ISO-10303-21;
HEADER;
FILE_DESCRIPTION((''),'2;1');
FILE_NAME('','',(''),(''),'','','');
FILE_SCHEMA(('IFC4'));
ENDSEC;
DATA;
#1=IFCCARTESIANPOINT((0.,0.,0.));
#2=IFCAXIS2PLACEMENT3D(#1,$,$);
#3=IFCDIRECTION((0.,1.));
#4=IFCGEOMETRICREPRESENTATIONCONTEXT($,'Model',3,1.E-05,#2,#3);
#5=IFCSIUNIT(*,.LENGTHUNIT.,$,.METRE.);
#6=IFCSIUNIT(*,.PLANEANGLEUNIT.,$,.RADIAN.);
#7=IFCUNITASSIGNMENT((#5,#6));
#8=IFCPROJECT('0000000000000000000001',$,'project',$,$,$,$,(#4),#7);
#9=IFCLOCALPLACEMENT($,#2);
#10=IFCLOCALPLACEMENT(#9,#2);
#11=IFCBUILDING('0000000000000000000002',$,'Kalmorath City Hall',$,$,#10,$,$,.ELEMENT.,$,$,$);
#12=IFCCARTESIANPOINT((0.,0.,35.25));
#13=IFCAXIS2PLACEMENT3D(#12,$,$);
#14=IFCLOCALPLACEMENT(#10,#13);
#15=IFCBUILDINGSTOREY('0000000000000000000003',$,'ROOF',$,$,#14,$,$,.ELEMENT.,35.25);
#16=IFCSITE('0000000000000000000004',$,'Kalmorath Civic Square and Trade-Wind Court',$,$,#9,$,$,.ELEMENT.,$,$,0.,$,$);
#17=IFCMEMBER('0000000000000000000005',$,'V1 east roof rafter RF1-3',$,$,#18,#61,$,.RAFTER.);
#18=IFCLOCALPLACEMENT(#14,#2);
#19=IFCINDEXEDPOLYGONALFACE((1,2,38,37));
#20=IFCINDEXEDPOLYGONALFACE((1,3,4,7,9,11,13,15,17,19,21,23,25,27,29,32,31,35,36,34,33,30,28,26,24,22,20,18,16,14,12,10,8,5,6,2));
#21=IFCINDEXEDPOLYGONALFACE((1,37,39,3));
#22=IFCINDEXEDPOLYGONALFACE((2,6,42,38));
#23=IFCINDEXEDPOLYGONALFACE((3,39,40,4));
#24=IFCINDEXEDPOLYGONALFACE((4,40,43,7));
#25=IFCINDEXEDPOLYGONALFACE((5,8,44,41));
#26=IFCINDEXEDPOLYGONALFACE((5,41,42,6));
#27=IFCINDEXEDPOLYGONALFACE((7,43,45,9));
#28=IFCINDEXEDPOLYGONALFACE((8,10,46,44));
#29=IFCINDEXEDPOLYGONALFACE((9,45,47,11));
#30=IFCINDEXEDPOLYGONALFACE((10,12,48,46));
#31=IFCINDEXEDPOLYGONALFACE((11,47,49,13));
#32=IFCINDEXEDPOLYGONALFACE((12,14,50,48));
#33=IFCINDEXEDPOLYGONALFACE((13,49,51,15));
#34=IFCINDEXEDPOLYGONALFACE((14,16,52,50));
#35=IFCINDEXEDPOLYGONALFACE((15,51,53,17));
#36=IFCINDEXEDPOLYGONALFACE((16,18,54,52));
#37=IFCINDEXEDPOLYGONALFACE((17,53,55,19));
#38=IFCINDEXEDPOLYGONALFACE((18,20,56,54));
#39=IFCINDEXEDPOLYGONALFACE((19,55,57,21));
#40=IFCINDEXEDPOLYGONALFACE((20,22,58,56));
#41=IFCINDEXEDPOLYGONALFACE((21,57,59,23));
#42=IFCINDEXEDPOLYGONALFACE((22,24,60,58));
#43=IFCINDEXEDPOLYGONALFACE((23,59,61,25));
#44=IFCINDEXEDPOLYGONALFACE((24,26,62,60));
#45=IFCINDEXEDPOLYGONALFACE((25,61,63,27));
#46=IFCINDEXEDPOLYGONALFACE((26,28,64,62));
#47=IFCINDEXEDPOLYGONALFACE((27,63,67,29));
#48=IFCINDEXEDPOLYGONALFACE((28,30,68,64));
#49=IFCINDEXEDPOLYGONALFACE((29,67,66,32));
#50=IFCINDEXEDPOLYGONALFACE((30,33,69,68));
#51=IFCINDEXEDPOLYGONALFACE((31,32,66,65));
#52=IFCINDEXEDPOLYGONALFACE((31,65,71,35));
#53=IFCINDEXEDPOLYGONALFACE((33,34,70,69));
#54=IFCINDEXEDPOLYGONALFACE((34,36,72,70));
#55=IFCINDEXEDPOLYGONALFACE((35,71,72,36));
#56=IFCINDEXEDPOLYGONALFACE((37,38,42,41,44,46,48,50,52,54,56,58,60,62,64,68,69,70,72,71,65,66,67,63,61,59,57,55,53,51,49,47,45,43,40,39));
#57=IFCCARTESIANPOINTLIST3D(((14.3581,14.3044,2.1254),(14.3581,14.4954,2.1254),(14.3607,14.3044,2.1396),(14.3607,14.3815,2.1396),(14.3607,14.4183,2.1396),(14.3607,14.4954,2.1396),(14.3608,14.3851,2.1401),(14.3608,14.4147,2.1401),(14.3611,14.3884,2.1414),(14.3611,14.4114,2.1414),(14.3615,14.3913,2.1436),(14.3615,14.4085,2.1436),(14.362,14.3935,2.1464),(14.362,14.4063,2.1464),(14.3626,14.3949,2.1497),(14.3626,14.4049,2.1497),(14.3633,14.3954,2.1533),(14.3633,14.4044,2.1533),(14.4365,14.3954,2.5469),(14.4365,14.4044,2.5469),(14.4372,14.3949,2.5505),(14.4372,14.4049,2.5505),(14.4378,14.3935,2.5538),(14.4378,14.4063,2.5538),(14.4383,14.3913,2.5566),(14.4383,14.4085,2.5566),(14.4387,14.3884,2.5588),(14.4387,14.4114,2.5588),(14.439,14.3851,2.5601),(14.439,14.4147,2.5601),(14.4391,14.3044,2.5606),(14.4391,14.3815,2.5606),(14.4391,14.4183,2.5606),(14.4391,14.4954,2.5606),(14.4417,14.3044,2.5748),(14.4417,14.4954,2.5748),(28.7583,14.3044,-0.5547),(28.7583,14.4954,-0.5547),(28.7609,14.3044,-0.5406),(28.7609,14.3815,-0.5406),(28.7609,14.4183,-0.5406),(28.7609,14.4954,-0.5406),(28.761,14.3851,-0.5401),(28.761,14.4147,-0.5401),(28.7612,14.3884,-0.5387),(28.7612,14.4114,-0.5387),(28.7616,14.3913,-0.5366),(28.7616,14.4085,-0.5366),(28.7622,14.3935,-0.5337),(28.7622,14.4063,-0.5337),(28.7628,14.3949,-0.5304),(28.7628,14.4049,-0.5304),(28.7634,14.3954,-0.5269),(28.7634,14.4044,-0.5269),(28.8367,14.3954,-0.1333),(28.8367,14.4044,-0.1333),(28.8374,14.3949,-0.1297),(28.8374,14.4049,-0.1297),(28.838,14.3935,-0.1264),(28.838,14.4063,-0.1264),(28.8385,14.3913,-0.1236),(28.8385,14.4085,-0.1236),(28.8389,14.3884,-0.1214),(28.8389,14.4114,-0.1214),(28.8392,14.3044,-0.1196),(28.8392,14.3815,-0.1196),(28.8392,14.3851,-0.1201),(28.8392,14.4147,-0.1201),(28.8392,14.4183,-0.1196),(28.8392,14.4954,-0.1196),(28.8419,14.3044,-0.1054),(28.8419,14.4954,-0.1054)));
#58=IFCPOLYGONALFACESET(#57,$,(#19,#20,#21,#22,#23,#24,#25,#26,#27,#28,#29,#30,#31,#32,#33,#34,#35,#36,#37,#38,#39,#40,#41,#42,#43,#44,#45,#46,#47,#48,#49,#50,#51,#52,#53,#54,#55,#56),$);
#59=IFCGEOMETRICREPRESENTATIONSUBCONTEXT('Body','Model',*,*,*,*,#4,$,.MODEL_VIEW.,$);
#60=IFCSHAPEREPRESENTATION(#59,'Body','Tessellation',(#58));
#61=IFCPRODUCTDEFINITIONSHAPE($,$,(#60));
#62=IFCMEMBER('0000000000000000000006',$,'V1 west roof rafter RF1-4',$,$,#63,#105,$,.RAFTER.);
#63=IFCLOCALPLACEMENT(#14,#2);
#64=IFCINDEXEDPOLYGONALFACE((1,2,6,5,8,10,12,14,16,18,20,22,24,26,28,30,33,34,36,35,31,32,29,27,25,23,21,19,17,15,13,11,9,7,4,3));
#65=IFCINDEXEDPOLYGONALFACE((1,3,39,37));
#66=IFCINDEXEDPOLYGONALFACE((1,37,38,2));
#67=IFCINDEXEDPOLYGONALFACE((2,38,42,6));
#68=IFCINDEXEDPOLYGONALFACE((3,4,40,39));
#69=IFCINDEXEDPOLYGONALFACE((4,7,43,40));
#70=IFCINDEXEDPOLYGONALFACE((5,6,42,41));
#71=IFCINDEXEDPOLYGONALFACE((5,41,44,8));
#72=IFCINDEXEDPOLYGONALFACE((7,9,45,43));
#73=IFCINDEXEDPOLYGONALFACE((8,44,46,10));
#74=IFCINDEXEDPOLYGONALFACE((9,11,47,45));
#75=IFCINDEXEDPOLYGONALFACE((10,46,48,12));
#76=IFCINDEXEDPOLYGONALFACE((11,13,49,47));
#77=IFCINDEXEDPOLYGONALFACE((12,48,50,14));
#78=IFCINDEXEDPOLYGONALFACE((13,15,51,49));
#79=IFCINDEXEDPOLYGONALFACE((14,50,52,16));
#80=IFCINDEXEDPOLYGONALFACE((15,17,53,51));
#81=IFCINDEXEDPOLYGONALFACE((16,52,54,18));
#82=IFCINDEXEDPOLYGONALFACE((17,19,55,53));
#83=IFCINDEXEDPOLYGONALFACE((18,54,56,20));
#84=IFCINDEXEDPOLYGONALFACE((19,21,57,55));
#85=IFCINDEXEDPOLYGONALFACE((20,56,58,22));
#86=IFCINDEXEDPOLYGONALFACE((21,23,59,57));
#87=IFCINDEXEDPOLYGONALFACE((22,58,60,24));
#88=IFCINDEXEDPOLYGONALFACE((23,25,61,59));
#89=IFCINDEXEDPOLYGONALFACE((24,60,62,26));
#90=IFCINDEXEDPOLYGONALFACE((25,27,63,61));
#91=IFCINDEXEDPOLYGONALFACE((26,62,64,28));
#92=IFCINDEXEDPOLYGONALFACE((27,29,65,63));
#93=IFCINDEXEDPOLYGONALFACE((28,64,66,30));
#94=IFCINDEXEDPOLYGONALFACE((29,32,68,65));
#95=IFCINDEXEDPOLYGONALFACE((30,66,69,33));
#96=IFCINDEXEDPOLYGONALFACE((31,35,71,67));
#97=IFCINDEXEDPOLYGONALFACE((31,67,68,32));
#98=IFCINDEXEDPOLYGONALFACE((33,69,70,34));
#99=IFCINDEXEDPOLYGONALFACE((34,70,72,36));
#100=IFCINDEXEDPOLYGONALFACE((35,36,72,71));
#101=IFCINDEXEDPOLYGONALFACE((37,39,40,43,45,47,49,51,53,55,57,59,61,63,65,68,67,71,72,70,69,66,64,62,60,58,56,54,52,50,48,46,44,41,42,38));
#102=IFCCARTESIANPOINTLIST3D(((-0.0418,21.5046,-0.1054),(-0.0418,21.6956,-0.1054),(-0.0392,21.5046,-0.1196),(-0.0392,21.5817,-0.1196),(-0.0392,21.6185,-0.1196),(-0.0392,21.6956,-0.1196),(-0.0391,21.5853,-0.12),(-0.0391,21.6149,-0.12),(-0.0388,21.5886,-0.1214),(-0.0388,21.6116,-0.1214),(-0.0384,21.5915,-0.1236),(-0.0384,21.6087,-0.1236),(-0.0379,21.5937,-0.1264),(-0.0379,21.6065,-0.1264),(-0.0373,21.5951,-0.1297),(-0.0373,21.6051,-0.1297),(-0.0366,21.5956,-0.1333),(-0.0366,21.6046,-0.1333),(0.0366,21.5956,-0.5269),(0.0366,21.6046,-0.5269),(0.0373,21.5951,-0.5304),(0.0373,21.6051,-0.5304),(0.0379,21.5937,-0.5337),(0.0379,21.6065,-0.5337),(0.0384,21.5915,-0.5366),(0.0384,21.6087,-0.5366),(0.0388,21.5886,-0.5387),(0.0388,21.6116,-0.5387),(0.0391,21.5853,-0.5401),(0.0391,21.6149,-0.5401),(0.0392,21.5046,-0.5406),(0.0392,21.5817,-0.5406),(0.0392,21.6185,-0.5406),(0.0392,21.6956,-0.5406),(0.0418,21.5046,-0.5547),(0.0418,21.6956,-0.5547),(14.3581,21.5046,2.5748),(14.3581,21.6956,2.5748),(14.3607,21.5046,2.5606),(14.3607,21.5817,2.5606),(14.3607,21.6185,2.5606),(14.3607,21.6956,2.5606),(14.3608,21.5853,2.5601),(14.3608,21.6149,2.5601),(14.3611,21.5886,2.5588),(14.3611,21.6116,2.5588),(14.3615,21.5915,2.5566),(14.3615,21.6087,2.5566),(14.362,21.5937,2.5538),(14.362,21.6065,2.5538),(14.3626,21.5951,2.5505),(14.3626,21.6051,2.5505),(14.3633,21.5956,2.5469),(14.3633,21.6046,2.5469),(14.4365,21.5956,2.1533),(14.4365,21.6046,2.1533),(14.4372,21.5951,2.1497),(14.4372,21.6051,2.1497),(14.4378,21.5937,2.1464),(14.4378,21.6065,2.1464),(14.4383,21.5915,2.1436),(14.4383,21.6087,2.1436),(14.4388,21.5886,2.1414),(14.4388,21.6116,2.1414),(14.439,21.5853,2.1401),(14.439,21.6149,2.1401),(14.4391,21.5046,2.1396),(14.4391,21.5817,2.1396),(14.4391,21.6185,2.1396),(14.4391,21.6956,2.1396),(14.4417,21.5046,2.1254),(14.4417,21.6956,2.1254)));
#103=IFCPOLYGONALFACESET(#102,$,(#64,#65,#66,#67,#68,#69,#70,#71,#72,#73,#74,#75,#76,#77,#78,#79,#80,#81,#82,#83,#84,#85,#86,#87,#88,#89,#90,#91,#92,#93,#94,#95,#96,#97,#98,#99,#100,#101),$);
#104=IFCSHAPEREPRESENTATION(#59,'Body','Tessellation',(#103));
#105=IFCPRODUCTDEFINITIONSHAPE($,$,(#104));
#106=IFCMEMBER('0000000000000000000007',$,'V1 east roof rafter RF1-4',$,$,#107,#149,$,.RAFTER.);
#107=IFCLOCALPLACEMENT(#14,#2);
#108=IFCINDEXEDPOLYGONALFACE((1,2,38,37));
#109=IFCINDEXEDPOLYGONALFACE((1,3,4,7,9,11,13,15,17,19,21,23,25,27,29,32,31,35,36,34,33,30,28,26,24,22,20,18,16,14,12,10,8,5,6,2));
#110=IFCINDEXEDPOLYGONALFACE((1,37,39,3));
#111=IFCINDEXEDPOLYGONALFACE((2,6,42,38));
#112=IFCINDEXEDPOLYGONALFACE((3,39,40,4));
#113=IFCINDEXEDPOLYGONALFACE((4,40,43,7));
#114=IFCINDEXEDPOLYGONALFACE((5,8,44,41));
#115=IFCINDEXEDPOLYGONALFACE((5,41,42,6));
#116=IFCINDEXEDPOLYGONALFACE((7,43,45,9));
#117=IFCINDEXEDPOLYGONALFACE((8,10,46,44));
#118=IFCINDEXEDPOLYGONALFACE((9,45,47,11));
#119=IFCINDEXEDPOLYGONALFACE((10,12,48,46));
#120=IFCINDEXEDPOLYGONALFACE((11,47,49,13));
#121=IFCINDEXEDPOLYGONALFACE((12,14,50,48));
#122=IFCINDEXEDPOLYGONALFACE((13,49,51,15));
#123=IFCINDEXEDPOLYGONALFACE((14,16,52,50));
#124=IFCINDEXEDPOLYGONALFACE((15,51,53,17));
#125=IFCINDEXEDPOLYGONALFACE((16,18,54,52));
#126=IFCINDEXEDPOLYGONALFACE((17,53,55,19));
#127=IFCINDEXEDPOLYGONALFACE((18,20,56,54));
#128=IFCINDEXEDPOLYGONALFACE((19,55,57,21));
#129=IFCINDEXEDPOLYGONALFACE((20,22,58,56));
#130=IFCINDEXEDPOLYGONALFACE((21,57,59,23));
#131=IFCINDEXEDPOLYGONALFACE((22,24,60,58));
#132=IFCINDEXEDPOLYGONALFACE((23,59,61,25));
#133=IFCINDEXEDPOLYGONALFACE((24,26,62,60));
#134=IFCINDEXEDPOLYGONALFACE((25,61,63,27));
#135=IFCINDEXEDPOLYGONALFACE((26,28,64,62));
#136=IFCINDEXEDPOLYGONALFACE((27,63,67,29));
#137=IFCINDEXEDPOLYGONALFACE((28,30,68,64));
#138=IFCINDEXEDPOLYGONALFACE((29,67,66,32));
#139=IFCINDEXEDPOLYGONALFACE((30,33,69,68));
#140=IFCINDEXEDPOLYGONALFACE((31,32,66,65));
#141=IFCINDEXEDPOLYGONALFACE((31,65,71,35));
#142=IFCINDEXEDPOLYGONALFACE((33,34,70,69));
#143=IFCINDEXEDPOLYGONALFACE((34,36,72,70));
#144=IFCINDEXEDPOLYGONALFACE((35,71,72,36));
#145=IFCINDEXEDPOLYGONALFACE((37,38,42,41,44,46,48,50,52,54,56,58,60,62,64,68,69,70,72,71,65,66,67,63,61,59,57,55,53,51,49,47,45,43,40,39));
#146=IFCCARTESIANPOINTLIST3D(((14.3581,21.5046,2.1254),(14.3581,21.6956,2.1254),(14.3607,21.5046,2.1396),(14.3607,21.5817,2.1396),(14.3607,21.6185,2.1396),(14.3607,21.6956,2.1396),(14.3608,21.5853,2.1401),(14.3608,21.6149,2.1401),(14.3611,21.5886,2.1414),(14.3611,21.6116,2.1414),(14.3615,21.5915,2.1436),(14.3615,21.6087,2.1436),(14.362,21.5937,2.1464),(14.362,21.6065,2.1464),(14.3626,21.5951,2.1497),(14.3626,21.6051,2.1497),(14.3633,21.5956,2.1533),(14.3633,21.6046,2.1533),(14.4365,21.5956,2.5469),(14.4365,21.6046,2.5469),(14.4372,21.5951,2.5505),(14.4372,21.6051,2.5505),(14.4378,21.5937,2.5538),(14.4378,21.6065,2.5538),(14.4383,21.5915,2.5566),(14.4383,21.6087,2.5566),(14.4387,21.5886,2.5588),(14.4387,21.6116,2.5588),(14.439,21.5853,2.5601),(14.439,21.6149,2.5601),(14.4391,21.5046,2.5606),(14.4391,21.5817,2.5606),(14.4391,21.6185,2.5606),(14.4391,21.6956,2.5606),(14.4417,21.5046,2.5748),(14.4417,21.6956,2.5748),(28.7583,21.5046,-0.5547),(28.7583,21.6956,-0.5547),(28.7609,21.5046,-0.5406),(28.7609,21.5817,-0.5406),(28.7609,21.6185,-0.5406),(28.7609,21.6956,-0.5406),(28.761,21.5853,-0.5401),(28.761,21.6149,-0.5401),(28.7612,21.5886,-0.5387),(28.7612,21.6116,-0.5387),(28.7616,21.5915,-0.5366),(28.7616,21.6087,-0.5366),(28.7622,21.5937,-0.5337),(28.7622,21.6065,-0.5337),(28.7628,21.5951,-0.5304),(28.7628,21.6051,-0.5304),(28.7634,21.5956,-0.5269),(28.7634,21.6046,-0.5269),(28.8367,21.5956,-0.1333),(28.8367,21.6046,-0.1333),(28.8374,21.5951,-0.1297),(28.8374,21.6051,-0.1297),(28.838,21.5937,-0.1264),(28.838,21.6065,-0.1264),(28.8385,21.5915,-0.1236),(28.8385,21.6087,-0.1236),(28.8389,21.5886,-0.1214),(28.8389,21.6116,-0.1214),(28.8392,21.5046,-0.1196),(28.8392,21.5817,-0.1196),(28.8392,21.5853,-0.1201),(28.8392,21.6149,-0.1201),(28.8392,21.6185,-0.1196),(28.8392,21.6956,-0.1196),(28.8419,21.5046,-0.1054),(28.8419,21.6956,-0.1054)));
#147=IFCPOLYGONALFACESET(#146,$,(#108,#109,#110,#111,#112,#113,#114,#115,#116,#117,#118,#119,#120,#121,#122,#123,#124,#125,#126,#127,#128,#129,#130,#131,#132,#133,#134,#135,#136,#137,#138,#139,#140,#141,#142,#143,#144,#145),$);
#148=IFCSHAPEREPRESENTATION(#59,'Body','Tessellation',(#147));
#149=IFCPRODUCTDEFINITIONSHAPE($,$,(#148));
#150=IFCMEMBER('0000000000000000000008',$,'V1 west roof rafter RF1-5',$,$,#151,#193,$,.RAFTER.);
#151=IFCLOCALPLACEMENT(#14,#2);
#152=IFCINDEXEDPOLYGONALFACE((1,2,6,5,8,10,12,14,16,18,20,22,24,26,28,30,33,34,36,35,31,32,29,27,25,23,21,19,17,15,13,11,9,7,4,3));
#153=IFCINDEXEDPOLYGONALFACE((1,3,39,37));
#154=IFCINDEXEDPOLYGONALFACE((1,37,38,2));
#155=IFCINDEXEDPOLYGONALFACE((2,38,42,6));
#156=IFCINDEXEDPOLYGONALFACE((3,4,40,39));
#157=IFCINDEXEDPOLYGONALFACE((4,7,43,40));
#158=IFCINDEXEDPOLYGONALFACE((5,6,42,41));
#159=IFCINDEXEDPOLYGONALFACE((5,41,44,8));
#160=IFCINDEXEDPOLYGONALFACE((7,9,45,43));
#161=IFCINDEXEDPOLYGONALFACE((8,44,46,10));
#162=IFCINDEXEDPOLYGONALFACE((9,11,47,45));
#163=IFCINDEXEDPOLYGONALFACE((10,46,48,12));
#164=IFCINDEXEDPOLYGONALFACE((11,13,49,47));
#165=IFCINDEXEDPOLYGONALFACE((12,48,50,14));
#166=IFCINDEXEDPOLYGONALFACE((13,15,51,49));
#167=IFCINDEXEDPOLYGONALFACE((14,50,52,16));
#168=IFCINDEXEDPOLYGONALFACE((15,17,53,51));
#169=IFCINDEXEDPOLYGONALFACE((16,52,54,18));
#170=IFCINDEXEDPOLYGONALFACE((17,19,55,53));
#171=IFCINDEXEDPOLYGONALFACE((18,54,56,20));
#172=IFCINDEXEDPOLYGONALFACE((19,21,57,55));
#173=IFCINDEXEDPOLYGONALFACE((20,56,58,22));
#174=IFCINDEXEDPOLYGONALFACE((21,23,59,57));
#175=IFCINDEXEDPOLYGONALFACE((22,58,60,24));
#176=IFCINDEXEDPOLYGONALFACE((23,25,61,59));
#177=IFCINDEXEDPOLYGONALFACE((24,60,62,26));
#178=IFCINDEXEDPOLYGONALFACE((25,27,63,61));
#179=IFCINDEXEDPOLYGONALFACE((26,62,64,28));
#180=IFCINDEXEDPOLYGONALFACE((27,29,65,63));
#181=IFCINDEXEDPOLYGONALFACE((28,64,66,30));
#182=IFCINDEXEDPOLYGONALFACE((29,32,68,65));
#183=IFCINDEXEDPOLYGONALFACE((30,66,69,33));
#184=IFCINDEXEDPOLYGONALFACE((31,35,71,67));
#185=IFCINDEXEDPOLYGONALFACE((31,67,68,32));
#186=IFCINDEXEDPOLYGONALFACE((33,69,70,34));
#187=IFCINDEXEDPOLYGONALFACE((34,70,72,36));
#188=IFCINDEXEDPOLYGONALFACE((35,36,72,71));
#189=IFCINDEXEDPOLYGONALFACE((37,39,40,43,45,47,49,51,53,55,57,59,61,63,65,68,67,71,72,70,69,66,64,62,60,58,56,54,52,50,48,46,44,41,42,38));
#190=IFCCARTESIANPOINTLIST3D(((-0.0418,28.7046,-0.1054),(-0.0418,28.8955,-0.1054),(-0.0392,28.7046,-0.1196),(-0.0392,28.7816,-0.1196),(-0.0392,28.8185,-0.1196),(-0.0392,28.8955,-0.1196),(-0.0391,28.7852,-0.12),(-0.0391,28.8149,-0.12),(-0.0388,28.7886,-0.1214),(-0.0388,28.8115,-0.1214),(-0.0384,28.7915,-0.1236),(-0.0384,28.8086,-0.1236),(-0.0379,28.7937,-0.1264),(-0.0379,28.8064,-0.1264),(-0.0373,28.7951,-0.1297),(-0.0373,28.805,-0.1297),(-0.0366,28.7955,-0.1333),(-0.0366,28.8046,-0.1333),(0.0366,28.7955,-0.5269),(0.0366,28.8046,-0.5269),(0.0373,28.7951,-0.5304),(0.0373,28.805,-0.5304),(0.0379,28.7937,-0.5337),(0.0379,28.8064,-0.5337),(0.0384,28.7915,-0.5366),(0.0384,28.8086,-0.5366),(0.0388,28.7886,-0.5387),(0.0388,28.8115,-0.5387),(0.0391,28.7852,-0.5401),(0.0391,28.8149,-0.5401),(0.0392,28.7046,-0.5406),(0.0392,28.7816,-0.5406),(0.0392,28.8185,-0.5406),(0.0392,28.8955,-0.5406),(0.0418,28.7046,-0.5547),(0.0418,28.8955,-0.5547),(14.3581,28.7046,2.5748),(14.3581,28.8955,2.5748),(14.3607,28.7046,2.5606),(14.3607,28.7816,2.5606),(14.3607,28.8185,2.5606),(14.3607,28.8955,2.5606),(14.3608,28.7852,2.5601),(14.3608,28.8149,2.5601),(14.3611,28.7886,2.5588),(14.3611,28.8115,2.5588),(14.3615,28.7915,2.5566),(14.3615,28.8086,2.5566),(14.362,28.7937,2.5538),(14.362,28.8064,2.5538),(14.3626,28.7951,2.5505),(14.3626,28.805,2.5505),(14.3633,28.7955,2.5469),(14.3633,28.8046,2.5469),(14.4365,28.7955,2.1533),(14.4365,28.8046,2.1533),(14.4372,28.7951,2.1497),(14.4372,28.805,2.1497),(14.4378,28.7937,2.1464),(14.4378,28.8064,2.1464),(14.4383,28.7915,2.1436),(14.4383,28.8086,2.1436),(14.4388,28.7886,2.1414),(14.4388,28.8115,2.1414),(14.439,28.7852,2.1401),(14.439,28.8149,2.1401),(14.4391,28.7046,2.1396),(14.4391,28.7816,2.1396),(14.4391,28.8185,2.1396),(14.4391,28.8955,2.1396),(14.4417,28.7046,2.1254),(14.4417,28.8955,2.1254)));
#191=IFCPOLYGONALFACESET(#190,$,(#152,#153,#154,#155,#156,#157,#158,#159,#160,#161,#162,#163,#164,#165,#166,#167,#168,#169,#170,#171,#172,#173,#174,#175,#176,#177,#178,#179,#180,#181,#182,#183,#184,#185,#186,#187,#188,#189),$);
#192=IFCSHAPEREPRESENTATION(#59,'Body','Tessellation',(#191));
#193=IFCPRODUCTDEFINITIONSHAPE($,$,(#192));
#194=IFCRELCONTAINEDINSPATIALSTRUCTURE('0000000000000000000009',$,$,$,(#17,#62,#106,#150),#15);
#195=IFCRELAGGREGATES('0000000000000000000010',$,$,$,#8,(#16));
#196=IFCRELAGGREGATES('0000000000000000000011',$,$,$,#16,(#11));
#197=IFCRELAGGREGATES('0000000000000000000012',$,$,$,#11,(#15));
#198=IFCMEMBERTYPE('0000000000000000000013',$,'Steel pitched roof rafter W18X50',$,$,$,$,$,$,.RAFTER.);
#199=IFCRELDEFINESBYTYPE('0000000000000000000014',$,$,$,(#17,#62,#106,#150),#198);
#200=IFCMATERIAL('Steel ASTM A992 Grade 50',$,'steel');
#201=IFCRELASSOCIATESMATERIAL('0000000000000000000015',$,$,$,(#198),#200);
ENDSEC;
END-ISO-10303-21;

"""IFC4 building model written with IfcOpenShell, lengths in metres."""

from ifc_helpers import new_model, si_unit, direction, frame, origin, origin_2d, place, context, subcontext, project, spatial, i_section, extrude, material, material_profile, profile_set, type_object, element, save


model = new_model("IFC4")

# Units and contexts
model_context = context("Model", 3, precision=1e-05, world=origin(), true_north=direction((0.0, 1.0)))
body_context = subcontext(model_context, "Body", "Model", "MODEL_VIEW")
ifc_project = project(units=[si_unit("LENGTHUNIT", "METRE"), si_unit("PLANEANGLEUNIT", "RADIAN")], contexts=[model_context])

# Site, building, storey
site_placement = place(None, origin())
site = spatial("IfcSite", under=ifc_project, at=site_placement, Name="Kalmorath Civic Square and Trade-Wind Court", CompositionType="ELEMENT", RefElevation=0.0)
building_placement = place(site_placement, origin())
building = spatial("IfcBuilding", under=site, at=building_placement, Name="Kalmorath City Hall", CompositionType="ELEMENT")
storey_placement = place(building_placement, frame((0.0, 0.0, 35.25)))
storey = spatial("IfcBuildingStorey", under=building, at=storey_placement, Name="ROOF", CompositionType="ELEMENT", Elevation=35.25)

# Members
ifc_material_1 = material(Name="Steel ASTM A992 Grade 50", Category="steel")
ifc_material_profile_1 = material_profile(ifc_material_1, i_section(OverallWidth=0.1909, OverallDepth=0.457, WebThickness=0.009, FlangeThickness=0.0144, FilletRadius=0.0139, at=origin_2d()), Name="W18X50")
ifc_profile_set_1 = profile_set([ifc_material_profile_1], Name="Steel ASTM A992 Grade 50")
member_type_1 = type_object("IfcMemberType", Name="Steel pitched roof rafter W18X50", PredefinedType="RAFTER", material=ifc_profile_set_1)
member_1_placement = place(storey_placement, frame((14.3999, 14.3999, 2.3501), z_axis=(0.983117, 0.0, -0.182979), x_axis=(0.0, 1.0, 0.0)))
element("IfcMember", 1, at=member_1_placement, inside=storey, type_object=member_type_1, Name="V1 east roof rafter RF1-3", PredefinedType="RAFTER", context=body_context, shape_type="SweptSolid", body=[
    extrude(i_section(OverallWidth=0.1909, OverallDepth=0.457, WebThickness=0.009, FlangeThickness=0.0144, FilletRadius=0.0139, at=origin_2d()), origin(), (0.0, 0.0, 1.0), 14.6475),
])
member_2_placement = place(storey_placement, frame((0.0, 21.6001, -0.3301), z_axis=(0.983116, 0.0, 0.182982), x_axis=(0.0, 1.0, 0.0)))
element("IfcMember", 2, at=member_2_placement, inside=storey, type_object=member_type_1, Name="V1 west roof rafter RF1-4", PredefinedType="RAFTER", context=body_context, shape_type="SweptSolid", body=[
    extrude(i_section(OverallWidth=0.1909, OverallDepth=0.457, WebThickness=0.009, FlangeThickness=0.0144, FilletRadius=0.0139, at=origin_2d()), origin(), (0.0, 0.0, 1.0), 14.6472),
])
member_3_placement = place(storey_placement, frame((14.3999, 21.6001, 2.3501), z_axis=(0.983117, 0.0, -0.182979), x_axis=(0.0, 1.0, 0.0)))
element("IfcMember", 3, at=member_3_placement, inside=storey, type_object=member_type_1, Name="V1 east roof rafter RF1-4", PredefinedType="RAFTER", context=body_context, shape_type="SweptSolid", body=[
    extrude(i_section(OverallWidth=0.1909, OverallDepth=0.457, WebThickness=0.009, FlangeThickness=0.0144, FilletRadius=0.0139, at=origin_2d()), origin(), (0.0, 0.0, 1.0), 14.6475),
])
member_4_placement = place(storey_placement, frame((0.0, 28.8, -0.3301), z_axis=(0.983116, 0.0, 0.182982), x_axis=(0.0, 1.0, 0.0)))
element("IfcMember", 4, at=member_4_placement, inside=storey, type_object=member_type_1, Name="V1 west roof rafter RF1-5", PredefinedType="RAFTER", context=body_context, shape_type="SweptSolid", body=[
    extrude(i_section(OverallWidth=0.1909, OverallDepth=0.457, WebThickness=0.009, FlangeThickness=0.0144, FilletRadius=0.0139, at=origin_2d()), origin(), (0.0, 0.0, 1.0), 14.6472),
])

save(model, "model.ifc")
